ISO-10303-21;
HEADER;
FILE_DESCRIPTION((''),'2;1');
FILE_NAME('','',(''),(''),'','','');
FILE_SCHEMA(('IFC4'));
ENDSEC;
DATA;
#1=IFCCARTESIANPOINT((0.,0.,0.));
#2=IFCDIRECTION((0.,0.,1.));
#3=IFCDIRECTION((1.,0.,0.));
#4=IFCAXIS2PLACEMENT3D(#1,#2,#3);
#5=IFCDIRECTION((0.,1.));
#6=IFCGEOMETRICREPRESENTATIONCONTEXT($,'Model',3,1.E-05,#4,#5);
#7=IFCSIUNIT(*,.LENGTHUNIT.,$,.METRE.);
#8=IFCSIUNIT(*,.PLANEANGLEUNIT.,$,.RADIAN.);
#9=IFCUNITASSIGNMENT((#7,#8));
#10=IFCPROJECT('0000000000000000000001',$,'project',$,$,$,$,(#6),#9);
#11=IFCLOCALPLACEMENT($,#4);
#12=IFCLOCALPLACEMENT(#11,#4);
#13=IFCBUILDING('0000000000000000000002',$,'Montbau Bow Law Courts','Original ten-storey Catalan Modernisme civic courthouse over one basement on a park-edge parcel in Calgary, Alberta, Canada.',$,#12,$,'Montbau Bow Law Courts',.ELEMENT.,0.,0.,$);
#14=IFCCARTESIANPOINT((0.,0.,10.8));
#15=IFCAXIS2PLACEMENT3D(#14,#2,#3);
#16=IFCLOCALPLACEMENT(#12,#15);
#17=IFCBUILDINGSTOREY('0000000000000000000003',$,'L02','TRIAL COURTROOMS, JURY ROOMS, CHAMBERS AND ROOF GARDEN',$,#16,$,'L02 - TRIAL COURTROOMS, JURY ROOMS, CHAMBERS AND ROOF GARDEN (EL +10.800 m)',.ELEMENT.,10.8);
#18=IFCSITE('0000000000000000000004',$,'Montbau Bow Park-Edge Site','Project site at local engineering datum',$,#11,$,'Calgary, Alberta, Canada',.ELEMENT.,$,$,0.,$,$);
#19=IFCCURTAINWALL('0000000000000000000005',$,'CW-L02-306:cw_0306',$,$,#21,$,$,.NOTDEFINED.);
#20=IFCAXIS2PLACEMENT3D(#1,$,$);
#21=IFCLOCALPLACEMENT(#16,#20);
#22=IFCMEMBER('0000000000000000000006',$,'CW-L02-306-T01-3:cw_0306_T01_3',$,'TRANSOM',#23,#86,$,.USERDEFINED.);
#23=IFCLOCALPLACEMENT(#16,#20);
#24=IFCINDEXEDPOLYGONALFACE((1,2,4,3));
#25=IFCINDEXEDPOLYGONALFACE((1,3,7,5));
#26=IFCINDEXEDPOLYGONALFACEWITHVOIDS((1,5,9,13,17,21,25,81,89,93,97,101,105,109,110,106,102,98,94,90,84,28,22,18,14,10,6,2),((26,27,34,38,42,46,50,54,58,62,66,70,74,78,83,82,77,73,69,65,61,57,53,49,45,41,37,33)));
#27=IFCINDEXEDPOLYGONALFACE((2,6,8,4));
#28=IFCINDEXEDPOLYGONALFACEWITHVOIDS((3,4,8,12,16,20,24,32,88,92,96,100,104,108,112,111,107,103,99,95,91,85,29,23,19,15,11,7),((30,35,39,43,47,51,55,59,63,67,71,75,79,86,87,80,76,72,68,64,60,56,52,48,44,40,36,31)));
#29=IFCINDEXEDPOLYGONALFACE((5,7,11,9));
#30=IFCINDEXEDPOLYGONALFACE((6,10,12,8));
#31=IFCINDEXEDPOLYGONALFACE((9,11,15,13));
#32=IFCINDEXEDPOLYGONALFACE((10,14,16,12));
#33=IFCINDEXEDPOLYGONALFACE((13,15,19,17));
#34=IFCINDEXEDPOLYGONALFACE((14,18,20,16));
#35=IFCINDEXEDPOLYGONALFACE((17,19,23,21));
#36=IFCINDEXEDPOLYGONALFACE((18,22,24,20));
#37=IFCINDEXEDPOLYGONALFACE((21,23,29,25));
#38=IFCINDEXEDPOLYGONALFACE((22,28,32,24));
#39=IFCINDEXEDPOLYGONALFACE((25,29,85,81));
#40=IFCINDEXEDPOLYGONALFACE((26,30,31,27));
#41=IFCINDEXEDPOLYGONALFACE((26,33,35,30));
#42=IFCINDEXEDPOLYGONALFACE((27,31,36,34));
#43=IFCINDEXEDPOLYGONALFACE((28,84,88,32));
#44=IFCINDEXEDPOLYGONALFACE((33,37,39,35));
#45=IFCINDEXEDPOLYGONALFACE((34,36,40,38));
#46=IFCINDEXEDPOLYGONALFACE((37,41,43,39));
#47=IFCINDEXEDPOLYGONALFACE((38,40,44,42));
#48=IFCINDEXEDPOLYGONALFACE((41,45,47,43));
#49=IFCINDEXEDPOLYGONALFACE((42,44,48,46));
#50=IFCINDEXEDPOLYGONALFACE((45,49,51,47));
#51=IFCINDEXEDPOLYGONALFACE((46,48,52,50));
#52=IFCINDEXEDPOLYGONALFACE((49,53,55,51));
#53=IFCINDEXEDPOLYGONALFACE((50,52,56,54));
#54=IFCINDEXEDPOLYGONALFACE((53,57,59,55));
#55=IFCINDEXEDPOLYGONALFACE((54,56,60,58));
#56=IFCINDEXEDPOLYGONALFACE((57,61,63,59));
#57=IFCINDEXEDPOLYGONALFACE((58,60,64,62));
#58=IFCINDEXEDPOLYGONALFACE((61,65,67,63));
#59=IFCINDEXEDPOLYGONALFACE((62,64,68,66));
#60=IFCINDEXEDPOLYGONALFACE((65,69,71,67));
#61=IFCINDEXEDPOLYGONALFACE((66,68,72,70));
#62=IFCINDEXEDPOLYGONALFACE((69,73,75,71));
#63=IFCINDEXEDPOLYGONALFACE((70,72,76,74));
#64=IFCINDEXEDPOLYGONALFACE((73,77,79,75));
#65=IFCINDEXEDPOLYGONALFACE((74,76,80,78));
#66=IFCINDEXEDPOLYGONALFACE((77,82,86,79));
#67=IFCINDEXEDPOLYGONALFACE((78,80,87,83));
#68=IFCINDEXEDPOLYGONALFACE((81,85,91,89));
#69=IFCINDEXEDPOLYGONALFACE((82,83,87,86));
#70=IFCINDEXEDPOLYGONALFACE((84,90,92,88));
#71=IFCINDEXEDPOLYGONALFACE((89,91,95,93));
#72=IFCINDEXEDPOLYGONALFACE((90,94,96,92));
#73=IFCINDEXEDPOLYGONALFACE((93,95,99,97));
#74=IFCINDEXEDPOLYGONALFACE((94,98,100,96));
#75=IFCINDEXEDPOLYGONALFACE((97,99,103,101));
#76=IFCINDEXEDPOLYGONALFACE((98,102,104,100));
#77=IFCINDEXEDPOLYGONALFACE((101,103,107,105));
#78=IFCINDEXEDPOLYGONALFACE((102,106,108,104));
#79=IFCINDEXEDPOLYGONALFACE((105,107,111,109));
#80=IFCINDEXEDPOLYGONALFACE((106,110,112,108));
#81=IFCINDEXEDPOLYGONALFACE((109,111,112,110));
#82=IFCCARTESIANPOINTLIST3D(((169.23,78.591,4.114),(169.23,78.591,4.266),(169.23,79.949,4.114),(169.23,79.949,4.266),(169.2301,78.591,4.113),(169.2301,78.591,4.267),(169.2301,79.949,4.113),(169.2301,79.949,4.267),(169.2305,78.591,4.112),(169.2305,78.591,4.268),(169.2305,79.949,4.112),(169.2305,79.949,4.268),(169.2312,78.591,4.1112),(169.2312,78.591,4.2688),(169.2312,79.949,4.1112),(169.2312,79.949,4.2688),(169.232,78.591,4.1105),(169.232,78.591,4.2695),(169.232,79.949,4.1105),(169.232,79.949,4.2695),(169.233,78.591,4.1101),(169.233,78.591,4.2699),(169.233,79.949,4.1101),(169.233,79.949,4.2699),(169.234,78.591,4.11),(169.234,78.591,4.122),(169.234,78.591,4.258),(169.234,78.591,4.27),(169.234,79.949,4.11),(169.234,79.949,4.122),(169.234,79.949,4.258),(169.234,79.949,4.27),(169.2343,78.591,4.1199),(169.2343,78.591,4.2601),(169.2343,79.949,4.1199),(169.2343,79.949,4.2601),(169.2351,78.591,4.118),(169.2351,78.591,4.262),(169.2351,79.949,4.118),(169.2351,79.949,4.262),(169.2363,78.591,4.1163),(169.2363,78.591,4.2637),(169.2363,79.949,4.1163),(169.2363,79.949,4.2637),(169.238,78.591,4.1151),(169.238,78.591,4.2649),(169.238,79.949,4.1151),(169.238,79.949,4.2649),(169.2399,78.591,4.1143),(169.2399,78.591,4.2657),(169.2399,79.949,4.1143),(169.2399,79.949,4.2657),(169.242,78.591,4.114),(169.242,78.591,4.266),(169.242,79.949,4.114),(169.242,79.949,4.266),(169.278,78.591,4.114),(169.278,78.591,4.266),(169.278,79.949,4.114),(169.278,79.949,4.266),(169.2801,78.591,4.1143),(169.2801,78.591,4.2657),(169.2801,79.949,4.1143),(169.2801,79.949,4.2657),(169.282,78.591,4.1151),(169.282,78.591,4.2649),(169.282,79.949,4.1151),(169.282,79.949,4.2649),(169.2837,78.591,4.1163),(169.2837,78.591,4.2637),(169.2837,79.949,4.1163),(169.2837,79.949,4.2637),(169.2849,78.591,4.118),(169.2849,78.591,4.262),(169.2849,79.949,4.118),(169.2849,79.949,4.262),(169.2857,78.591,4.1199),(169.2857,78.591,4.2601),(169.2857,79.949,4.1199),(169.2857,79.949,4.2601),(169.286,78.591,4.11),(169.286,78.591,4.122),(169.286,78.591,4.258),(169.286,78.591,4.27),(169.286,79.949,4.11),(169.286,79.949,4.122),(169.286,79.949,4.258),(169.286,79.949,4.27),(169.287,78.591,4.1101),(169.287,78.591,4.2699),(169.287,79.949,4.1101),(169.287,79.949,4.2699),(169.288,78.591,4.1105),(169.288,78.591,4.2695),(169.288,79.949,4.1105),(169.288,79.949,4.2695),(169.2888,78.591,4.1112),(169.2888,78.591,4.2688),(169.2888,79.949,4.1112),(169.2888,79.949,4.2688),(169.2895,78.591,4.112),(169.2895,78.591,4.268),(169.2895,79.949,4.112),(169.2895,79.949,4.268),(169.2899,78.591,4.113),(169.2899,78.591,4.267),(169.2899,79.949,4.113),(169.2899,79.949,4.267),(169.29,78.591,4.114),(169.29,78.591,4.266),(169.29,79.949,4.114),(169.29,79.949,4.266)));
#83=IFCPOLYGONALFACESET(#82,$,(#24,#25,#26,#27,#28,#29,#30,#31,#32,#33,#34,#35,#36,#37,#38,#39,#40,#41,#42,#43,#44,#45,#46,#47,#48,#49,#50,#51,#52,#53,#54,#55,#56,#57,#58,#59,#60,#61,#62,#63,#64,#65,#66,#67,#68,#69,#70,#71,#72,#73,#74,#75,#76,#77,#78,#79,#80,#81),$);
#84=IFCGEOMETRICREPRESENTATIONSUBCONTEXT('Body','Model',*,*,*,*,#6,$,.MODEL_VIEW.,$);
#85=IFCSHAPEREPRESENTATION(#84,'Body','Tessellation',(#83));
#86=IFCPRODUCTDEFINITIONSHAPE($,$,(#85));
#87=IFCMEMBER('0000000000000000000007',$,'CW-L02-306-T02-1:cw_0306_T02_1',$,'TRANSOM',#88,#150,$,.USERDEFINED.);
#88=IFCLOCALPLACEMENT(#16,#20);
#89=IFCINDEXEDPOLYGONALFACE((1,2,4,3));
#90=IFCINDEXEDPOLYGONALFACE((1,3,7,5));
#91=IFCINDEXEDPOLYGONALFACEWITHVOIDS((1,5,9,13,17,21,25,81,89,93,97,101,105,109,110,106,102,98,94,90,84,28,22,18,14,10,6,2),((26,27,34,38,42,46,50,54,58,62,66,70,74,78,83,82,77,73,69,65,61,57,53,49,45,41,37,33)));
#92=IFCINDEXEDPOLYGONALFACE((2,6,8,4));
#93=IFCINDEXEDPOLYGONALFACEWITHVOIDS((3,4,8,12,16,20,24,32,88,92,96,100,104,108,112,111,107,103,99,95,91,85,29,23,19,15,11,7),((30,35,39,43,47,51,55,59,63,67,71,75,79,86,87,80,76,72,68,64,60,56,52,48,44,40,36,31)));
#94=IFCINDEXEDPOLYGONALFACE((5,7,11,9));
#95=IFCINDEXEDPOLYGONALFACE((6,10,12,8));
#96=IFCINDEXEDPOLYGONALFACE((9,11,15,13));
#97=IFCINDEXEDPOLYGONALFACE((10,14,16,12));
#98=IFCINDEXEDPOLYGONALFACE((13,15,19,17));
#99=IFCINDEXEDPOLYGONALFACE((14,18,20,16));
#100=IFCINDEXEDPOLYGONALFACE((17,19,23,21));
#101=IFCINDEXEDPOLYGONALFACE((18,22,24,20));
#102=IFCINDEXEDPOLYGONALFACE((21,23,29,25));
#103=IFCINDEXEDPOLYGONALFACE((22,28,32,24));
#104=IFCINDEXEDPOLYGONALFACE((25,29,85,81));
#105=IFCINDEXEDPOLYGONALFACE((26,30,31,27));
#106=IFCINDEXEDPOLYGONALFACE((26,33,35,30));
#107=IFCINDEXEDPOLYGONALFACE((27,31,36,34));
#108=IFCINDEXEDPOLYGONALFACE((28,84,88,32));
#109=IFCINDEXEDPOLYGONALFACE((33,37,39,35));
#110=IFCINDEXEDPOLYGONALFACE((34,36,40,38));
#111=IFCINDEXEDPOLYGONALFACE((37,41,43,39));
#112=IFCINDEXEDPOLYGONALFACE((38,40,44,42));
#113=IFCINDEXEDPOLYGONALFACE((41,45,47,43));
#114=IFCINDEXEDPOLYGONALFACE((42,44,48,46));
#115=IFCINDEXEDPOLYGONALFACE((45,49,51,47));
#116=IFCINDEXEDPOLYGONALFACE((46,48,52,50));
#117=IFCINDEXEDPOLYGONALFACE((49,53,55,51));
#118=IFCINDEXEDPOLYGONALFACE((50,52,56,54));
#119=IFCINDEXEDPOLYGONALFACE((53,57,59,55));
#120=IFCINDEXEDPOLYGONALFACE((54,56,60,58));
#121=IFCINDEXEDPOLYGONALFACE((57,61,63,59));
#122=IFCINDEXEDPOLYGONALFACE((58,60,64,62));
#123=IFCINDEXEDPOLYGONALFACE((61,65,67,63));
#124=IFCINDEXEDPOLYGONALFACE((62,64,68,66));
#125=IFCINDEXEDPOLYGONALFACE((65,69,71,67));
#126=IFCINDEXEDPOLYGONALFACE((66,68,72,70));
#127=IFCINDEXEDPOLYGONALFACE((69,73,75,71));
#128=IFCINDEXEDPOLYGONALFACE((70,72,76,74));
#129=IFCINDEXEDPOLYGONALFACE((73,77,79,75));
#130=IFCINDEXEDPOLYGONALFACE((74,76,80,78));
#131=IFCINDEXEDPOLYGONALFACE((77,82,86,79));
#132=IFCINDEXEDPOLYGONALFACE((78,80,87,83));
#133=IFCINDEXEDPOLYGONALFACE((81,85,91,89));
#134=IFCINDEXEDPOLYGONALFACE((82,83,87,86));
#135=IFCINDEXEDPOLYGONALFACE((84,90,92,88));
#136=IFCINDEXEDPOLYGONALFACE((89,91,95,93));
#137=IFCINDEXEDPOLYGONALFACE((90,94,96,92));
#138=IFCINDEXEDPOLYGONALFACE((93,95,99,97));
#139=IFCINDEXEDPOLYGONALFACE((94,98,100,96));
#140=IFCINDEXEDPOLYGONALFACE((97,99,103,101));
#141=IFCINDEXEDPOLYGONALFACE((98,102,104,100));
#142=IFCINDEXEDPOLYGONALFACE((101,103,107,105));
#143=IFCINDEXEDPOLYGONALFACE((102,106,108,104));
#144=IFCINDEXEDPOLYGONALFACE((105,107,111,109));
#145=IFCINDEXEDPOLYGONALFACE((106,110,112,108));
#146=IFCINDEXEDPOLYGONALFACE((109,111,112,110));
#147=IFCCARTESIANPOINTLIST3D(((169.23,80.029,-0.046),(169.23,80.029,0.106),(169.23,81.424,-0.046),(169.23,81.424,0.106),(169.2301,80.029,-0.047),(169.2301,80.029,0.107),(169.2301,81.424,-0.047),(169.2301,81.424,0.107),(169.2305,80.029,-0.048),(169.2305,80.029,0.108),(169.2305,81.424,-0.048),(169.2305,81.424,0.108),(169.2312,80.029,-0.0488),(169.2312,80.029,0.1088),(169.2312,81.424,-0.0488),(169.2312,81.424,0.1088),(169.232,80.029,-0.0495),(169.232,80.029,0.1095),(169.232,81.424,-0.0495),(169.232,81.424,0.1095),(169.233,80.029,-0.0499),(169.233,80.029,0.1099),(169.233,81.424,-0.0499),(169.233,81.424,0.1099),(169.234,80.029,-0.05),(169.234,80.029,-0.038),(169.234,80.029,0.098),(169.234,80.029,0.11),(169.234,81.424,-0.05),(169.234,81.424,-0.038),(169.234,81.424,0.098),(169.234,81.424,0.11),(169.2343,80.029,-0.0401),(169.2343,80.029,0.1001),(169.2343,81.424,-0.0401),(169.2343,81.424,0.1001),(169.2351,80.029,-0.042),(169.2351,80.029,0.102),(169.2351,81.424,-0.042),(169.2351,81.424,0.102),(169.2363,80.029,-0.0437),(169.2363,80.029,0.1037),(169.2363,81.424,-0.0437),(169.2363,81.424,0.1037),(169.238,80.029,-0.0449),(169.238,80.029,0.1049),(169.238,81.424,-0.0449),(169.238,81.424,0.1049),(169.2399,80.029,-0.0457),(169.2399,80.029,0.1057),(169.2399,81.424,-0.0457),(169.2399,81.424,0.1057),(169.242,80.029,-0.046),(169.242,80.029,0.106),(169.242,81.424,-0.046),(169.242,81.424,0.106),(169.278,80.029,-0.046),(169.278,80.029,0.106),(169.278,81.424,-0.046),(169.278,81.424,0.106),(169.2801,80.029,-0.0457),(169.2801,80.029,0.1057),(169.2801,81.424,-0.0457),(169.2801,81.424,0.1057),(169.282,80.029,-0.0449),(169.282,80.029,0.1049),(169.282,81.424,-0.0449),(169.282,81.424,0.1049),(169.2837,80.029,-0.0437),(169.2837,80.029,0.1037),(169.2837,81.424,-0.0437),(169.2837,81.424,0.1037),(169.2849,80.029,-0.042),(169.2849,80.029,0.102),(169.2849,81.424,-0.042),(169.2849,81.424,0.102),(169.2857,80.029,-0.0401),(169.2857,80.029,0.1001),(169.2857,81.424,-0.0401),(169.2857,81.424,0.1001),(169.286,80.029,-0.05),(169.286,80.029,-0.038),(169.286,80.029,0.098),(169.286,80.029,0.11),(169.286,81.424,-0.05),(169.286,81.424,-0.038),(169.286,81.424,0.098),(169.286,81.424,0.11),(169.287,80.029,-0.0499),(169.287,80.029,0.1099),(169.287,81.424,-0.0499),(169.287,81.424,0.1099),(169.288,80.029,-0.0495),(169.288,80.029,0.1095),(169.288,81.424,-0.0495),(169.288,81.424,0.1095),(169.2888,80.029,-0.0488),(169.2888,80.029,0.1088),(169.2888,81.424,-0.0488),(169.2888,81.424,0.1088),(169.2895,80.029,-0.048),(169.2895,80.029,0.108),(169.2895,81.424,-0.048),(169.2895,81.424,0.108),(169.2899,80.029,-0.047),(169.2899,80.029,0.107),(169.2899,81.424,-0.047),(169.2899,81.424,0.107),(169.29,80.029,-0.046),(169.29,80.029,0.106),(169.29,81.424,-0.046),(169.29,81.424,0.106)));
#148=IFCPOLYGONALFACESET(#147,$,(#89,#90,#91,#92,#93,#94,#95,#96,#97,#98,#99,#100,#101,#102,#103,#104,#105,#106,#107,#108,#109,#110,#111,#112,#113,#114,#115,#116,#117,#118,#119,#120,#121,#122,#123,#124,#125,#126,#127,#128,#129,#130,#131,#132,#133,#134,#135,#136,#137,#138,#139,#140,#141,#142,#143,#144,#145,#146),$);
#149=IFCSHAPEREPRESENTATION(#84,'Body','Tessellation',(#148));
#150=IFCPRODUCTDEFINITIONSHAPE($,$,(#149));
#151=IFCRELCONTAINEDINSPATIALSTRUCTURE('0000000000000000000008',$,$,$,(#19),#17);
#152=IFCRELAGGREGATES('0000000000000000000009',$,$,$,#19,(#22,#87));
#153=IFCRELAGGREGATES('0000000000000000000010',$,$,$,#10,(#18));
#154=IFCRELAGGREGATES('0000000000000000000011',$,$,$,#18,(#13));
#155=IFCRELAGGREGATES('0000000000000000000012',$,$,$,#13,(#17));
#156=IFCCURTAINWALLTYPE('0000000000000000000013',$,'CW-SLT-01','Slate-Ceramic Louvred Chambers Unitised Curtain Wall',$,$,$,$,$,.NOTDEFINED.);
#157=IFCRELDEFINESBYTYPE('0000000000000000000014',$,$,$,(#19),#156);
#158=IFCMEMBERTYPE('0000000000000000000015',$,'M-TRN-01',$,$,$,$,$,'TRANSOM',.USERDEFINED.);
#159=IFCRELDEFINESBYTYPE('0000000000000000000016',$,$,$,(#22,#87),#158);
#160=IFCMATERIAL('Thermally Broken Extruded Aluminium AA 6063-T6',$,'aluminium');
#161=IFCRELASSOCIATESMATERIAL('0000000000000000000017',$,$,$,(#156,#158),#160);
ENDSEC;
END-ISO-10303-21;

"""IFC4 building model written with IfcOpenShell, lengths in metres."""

from ifc_helpers import new_model, si_unit, direction, frame, origin_with_axes, origin_2d_with_axis, place, context, subcontext, project, spatial, hollow_rectangle, extrude, material, material_profile, profile_set, type_object, element, aggregate, save


model = new_model("IFC4")

# Units and contexts
model_context = context("Model", 3, precision=1e-05, world=origin_with_axes(), true_north=direction((0.0, 1.0)))
body_context = subcontext(model_context, "Body", "Model", "MODEL_VIEW")
ifc_project = project(units=[si_unit("LENGTHUNIT", "METRE"), si_unit("PLANEANGLEUNIT", "RADIAN")], contexts=[model_context])

# Site, building, storey
site_placement = place(None, origin_with_axes())
site = spatial("IfcSite", under=ifc_project, at=site_placement, Name="Montbau Bow Park-Edge Site", Description="Project site at local engineering datum", LongName="Calgary, Alberta, Canada", CompositionType="ELEMENT", RefElevation=0.0)
building_placement = place(site_placement, origin_with_axes())
building = spatial("IfcBuilding", under=site, at=building_placement, Name="Montbau Bow Law Courts", Description="Original ten-storey Catalan Modernisme civic courthouse over one basement on a park-edge parcel in Calgary, Alberta, Canada.", LongName="Montbau Bow Law Courts", CompositionType="ELEMENT", ElevationOfRefHeight=0.0, ElevationOfTerrain=0.0)
storey_placement = place(building_placement, frame((0.0, 0.0, 10.8), z_axis=(0.0, 0.0, 1.0), x_axis=(1.0, 0.0, 0.0)))
storey = spatial("IfcBuildingStorey", under=building, at=storey_placement, Name="L02", Description="TRIAL COURTROOMS, JURY ROOMS, CHAMBERS AND ROOF GARDEN", LongName="L02 - TRIAL COURTROOMS, JURY ROOMS, CHAMBERS AND ROOF GARDEN (EL +10.800 m)", CompositionType="ELEMENT", Elevation=10.8)

# Curtain wall
ifc_material_1 = material(Name="Thermally Broken Extruded Aluminium AA 6063-T6", Category="aluminium")
curtain_wall_type = type_object("IfcCurtainWallType", Name="CW-SLT-01", Description="Slate-Ceramic Louvred Chambers Unitised Curtain Wall", PredefinedType="NOTDEFINED", material=ifc_material_1)
curtain_wall_1_placement = place(None, frame((169.26, 78.515, 10.8), z_axis=(0.0, 0.0, 1.0), x_axis=(1.0, 0.0, 0.0)))
curtain_wall_1 = element("IfcCurtainWall", 1, at=curtain_wall_1_placement, inside=storey, type_object=curtain_wall_type, Name="CW-L02-306:cw_0306", PredefinedType="NOTDEFINED")

# Members
ifc_material_profile_1 = material_profile(ifc_material_1, hollow_rectangle(XDim=0.06, YDim=0.16, WallThickness=0.004, InnerFilletRadius=0.008, OuterFilletRadius=0.004, at=origin_2d_with_axis()), Name="CWT-160X60", Category="Main", Priority=0)
ifc_profile_set_1 = profile_set([ifc_material_profile_1], Name="Thermally Broken Extruded Aluminium AA 6063-T6")
member_type_1 = type_object("IfcMemberType", Name="M-TRN-01", ElementType="TRANSOM", PredefinedType="USERDEFINED", material=ifc_profile_set_1)
member_1_placement = place(None, frame((169.26, 78.591, 14.99), z_axis=(0.0, 1.0, 0.0), x_axis=(-1.0, 0.0, 0.0)))
member_1 = element("IfcMember", 2, at=member_1_placement, type_object=member_type_1, Name="CW-L02-306-T01-3:cw_0306_T01_3", ObjectType="TRANSOM", PredefinedType="USERDEFINED", context=body_context, shape_type="SweptSolid", body=[
    extrude(hollow_rectangle(XDim=0.06, YDim=0.16, WallThickness=0.004, InnerFilletRadius=0.008, OuterFilletRadius=0.004, at=origin_2d_with_axis()), origin_with_axes(), (0.0, 0.0, 1.0), 1.358),
])
member_2_placement = place(None, frame((169.26, 80.029, 10.83), z_axis=(0.0, 1.0, 0.0), x_axis=(-1.0, 0.0, 0.0)))
member_2 = element("IfcMember", 3, at=member_2_placement, type_object=member_type_1, Name="CW-L02-306-T02-1:cw_0306_T02_1", ObjectType="TRANSOM", PredefinedType="USERDEFINED", context=body_context, shape_type="SweptSolid", body=[
    extrude(hollow_rectangle(XDim=0.06, YDim=0.16, WallThickness=0.004, InnerFilletRadius=0.008, OuterFilletRadius=0.004, at=origin_2d_with_axis()), origin_with_axes(), (0.0, 0.0, 1.0), 1.395),
])

aggregate(curtain_wall_1, [member_1, member_2])

save(model, "model.ifc")
